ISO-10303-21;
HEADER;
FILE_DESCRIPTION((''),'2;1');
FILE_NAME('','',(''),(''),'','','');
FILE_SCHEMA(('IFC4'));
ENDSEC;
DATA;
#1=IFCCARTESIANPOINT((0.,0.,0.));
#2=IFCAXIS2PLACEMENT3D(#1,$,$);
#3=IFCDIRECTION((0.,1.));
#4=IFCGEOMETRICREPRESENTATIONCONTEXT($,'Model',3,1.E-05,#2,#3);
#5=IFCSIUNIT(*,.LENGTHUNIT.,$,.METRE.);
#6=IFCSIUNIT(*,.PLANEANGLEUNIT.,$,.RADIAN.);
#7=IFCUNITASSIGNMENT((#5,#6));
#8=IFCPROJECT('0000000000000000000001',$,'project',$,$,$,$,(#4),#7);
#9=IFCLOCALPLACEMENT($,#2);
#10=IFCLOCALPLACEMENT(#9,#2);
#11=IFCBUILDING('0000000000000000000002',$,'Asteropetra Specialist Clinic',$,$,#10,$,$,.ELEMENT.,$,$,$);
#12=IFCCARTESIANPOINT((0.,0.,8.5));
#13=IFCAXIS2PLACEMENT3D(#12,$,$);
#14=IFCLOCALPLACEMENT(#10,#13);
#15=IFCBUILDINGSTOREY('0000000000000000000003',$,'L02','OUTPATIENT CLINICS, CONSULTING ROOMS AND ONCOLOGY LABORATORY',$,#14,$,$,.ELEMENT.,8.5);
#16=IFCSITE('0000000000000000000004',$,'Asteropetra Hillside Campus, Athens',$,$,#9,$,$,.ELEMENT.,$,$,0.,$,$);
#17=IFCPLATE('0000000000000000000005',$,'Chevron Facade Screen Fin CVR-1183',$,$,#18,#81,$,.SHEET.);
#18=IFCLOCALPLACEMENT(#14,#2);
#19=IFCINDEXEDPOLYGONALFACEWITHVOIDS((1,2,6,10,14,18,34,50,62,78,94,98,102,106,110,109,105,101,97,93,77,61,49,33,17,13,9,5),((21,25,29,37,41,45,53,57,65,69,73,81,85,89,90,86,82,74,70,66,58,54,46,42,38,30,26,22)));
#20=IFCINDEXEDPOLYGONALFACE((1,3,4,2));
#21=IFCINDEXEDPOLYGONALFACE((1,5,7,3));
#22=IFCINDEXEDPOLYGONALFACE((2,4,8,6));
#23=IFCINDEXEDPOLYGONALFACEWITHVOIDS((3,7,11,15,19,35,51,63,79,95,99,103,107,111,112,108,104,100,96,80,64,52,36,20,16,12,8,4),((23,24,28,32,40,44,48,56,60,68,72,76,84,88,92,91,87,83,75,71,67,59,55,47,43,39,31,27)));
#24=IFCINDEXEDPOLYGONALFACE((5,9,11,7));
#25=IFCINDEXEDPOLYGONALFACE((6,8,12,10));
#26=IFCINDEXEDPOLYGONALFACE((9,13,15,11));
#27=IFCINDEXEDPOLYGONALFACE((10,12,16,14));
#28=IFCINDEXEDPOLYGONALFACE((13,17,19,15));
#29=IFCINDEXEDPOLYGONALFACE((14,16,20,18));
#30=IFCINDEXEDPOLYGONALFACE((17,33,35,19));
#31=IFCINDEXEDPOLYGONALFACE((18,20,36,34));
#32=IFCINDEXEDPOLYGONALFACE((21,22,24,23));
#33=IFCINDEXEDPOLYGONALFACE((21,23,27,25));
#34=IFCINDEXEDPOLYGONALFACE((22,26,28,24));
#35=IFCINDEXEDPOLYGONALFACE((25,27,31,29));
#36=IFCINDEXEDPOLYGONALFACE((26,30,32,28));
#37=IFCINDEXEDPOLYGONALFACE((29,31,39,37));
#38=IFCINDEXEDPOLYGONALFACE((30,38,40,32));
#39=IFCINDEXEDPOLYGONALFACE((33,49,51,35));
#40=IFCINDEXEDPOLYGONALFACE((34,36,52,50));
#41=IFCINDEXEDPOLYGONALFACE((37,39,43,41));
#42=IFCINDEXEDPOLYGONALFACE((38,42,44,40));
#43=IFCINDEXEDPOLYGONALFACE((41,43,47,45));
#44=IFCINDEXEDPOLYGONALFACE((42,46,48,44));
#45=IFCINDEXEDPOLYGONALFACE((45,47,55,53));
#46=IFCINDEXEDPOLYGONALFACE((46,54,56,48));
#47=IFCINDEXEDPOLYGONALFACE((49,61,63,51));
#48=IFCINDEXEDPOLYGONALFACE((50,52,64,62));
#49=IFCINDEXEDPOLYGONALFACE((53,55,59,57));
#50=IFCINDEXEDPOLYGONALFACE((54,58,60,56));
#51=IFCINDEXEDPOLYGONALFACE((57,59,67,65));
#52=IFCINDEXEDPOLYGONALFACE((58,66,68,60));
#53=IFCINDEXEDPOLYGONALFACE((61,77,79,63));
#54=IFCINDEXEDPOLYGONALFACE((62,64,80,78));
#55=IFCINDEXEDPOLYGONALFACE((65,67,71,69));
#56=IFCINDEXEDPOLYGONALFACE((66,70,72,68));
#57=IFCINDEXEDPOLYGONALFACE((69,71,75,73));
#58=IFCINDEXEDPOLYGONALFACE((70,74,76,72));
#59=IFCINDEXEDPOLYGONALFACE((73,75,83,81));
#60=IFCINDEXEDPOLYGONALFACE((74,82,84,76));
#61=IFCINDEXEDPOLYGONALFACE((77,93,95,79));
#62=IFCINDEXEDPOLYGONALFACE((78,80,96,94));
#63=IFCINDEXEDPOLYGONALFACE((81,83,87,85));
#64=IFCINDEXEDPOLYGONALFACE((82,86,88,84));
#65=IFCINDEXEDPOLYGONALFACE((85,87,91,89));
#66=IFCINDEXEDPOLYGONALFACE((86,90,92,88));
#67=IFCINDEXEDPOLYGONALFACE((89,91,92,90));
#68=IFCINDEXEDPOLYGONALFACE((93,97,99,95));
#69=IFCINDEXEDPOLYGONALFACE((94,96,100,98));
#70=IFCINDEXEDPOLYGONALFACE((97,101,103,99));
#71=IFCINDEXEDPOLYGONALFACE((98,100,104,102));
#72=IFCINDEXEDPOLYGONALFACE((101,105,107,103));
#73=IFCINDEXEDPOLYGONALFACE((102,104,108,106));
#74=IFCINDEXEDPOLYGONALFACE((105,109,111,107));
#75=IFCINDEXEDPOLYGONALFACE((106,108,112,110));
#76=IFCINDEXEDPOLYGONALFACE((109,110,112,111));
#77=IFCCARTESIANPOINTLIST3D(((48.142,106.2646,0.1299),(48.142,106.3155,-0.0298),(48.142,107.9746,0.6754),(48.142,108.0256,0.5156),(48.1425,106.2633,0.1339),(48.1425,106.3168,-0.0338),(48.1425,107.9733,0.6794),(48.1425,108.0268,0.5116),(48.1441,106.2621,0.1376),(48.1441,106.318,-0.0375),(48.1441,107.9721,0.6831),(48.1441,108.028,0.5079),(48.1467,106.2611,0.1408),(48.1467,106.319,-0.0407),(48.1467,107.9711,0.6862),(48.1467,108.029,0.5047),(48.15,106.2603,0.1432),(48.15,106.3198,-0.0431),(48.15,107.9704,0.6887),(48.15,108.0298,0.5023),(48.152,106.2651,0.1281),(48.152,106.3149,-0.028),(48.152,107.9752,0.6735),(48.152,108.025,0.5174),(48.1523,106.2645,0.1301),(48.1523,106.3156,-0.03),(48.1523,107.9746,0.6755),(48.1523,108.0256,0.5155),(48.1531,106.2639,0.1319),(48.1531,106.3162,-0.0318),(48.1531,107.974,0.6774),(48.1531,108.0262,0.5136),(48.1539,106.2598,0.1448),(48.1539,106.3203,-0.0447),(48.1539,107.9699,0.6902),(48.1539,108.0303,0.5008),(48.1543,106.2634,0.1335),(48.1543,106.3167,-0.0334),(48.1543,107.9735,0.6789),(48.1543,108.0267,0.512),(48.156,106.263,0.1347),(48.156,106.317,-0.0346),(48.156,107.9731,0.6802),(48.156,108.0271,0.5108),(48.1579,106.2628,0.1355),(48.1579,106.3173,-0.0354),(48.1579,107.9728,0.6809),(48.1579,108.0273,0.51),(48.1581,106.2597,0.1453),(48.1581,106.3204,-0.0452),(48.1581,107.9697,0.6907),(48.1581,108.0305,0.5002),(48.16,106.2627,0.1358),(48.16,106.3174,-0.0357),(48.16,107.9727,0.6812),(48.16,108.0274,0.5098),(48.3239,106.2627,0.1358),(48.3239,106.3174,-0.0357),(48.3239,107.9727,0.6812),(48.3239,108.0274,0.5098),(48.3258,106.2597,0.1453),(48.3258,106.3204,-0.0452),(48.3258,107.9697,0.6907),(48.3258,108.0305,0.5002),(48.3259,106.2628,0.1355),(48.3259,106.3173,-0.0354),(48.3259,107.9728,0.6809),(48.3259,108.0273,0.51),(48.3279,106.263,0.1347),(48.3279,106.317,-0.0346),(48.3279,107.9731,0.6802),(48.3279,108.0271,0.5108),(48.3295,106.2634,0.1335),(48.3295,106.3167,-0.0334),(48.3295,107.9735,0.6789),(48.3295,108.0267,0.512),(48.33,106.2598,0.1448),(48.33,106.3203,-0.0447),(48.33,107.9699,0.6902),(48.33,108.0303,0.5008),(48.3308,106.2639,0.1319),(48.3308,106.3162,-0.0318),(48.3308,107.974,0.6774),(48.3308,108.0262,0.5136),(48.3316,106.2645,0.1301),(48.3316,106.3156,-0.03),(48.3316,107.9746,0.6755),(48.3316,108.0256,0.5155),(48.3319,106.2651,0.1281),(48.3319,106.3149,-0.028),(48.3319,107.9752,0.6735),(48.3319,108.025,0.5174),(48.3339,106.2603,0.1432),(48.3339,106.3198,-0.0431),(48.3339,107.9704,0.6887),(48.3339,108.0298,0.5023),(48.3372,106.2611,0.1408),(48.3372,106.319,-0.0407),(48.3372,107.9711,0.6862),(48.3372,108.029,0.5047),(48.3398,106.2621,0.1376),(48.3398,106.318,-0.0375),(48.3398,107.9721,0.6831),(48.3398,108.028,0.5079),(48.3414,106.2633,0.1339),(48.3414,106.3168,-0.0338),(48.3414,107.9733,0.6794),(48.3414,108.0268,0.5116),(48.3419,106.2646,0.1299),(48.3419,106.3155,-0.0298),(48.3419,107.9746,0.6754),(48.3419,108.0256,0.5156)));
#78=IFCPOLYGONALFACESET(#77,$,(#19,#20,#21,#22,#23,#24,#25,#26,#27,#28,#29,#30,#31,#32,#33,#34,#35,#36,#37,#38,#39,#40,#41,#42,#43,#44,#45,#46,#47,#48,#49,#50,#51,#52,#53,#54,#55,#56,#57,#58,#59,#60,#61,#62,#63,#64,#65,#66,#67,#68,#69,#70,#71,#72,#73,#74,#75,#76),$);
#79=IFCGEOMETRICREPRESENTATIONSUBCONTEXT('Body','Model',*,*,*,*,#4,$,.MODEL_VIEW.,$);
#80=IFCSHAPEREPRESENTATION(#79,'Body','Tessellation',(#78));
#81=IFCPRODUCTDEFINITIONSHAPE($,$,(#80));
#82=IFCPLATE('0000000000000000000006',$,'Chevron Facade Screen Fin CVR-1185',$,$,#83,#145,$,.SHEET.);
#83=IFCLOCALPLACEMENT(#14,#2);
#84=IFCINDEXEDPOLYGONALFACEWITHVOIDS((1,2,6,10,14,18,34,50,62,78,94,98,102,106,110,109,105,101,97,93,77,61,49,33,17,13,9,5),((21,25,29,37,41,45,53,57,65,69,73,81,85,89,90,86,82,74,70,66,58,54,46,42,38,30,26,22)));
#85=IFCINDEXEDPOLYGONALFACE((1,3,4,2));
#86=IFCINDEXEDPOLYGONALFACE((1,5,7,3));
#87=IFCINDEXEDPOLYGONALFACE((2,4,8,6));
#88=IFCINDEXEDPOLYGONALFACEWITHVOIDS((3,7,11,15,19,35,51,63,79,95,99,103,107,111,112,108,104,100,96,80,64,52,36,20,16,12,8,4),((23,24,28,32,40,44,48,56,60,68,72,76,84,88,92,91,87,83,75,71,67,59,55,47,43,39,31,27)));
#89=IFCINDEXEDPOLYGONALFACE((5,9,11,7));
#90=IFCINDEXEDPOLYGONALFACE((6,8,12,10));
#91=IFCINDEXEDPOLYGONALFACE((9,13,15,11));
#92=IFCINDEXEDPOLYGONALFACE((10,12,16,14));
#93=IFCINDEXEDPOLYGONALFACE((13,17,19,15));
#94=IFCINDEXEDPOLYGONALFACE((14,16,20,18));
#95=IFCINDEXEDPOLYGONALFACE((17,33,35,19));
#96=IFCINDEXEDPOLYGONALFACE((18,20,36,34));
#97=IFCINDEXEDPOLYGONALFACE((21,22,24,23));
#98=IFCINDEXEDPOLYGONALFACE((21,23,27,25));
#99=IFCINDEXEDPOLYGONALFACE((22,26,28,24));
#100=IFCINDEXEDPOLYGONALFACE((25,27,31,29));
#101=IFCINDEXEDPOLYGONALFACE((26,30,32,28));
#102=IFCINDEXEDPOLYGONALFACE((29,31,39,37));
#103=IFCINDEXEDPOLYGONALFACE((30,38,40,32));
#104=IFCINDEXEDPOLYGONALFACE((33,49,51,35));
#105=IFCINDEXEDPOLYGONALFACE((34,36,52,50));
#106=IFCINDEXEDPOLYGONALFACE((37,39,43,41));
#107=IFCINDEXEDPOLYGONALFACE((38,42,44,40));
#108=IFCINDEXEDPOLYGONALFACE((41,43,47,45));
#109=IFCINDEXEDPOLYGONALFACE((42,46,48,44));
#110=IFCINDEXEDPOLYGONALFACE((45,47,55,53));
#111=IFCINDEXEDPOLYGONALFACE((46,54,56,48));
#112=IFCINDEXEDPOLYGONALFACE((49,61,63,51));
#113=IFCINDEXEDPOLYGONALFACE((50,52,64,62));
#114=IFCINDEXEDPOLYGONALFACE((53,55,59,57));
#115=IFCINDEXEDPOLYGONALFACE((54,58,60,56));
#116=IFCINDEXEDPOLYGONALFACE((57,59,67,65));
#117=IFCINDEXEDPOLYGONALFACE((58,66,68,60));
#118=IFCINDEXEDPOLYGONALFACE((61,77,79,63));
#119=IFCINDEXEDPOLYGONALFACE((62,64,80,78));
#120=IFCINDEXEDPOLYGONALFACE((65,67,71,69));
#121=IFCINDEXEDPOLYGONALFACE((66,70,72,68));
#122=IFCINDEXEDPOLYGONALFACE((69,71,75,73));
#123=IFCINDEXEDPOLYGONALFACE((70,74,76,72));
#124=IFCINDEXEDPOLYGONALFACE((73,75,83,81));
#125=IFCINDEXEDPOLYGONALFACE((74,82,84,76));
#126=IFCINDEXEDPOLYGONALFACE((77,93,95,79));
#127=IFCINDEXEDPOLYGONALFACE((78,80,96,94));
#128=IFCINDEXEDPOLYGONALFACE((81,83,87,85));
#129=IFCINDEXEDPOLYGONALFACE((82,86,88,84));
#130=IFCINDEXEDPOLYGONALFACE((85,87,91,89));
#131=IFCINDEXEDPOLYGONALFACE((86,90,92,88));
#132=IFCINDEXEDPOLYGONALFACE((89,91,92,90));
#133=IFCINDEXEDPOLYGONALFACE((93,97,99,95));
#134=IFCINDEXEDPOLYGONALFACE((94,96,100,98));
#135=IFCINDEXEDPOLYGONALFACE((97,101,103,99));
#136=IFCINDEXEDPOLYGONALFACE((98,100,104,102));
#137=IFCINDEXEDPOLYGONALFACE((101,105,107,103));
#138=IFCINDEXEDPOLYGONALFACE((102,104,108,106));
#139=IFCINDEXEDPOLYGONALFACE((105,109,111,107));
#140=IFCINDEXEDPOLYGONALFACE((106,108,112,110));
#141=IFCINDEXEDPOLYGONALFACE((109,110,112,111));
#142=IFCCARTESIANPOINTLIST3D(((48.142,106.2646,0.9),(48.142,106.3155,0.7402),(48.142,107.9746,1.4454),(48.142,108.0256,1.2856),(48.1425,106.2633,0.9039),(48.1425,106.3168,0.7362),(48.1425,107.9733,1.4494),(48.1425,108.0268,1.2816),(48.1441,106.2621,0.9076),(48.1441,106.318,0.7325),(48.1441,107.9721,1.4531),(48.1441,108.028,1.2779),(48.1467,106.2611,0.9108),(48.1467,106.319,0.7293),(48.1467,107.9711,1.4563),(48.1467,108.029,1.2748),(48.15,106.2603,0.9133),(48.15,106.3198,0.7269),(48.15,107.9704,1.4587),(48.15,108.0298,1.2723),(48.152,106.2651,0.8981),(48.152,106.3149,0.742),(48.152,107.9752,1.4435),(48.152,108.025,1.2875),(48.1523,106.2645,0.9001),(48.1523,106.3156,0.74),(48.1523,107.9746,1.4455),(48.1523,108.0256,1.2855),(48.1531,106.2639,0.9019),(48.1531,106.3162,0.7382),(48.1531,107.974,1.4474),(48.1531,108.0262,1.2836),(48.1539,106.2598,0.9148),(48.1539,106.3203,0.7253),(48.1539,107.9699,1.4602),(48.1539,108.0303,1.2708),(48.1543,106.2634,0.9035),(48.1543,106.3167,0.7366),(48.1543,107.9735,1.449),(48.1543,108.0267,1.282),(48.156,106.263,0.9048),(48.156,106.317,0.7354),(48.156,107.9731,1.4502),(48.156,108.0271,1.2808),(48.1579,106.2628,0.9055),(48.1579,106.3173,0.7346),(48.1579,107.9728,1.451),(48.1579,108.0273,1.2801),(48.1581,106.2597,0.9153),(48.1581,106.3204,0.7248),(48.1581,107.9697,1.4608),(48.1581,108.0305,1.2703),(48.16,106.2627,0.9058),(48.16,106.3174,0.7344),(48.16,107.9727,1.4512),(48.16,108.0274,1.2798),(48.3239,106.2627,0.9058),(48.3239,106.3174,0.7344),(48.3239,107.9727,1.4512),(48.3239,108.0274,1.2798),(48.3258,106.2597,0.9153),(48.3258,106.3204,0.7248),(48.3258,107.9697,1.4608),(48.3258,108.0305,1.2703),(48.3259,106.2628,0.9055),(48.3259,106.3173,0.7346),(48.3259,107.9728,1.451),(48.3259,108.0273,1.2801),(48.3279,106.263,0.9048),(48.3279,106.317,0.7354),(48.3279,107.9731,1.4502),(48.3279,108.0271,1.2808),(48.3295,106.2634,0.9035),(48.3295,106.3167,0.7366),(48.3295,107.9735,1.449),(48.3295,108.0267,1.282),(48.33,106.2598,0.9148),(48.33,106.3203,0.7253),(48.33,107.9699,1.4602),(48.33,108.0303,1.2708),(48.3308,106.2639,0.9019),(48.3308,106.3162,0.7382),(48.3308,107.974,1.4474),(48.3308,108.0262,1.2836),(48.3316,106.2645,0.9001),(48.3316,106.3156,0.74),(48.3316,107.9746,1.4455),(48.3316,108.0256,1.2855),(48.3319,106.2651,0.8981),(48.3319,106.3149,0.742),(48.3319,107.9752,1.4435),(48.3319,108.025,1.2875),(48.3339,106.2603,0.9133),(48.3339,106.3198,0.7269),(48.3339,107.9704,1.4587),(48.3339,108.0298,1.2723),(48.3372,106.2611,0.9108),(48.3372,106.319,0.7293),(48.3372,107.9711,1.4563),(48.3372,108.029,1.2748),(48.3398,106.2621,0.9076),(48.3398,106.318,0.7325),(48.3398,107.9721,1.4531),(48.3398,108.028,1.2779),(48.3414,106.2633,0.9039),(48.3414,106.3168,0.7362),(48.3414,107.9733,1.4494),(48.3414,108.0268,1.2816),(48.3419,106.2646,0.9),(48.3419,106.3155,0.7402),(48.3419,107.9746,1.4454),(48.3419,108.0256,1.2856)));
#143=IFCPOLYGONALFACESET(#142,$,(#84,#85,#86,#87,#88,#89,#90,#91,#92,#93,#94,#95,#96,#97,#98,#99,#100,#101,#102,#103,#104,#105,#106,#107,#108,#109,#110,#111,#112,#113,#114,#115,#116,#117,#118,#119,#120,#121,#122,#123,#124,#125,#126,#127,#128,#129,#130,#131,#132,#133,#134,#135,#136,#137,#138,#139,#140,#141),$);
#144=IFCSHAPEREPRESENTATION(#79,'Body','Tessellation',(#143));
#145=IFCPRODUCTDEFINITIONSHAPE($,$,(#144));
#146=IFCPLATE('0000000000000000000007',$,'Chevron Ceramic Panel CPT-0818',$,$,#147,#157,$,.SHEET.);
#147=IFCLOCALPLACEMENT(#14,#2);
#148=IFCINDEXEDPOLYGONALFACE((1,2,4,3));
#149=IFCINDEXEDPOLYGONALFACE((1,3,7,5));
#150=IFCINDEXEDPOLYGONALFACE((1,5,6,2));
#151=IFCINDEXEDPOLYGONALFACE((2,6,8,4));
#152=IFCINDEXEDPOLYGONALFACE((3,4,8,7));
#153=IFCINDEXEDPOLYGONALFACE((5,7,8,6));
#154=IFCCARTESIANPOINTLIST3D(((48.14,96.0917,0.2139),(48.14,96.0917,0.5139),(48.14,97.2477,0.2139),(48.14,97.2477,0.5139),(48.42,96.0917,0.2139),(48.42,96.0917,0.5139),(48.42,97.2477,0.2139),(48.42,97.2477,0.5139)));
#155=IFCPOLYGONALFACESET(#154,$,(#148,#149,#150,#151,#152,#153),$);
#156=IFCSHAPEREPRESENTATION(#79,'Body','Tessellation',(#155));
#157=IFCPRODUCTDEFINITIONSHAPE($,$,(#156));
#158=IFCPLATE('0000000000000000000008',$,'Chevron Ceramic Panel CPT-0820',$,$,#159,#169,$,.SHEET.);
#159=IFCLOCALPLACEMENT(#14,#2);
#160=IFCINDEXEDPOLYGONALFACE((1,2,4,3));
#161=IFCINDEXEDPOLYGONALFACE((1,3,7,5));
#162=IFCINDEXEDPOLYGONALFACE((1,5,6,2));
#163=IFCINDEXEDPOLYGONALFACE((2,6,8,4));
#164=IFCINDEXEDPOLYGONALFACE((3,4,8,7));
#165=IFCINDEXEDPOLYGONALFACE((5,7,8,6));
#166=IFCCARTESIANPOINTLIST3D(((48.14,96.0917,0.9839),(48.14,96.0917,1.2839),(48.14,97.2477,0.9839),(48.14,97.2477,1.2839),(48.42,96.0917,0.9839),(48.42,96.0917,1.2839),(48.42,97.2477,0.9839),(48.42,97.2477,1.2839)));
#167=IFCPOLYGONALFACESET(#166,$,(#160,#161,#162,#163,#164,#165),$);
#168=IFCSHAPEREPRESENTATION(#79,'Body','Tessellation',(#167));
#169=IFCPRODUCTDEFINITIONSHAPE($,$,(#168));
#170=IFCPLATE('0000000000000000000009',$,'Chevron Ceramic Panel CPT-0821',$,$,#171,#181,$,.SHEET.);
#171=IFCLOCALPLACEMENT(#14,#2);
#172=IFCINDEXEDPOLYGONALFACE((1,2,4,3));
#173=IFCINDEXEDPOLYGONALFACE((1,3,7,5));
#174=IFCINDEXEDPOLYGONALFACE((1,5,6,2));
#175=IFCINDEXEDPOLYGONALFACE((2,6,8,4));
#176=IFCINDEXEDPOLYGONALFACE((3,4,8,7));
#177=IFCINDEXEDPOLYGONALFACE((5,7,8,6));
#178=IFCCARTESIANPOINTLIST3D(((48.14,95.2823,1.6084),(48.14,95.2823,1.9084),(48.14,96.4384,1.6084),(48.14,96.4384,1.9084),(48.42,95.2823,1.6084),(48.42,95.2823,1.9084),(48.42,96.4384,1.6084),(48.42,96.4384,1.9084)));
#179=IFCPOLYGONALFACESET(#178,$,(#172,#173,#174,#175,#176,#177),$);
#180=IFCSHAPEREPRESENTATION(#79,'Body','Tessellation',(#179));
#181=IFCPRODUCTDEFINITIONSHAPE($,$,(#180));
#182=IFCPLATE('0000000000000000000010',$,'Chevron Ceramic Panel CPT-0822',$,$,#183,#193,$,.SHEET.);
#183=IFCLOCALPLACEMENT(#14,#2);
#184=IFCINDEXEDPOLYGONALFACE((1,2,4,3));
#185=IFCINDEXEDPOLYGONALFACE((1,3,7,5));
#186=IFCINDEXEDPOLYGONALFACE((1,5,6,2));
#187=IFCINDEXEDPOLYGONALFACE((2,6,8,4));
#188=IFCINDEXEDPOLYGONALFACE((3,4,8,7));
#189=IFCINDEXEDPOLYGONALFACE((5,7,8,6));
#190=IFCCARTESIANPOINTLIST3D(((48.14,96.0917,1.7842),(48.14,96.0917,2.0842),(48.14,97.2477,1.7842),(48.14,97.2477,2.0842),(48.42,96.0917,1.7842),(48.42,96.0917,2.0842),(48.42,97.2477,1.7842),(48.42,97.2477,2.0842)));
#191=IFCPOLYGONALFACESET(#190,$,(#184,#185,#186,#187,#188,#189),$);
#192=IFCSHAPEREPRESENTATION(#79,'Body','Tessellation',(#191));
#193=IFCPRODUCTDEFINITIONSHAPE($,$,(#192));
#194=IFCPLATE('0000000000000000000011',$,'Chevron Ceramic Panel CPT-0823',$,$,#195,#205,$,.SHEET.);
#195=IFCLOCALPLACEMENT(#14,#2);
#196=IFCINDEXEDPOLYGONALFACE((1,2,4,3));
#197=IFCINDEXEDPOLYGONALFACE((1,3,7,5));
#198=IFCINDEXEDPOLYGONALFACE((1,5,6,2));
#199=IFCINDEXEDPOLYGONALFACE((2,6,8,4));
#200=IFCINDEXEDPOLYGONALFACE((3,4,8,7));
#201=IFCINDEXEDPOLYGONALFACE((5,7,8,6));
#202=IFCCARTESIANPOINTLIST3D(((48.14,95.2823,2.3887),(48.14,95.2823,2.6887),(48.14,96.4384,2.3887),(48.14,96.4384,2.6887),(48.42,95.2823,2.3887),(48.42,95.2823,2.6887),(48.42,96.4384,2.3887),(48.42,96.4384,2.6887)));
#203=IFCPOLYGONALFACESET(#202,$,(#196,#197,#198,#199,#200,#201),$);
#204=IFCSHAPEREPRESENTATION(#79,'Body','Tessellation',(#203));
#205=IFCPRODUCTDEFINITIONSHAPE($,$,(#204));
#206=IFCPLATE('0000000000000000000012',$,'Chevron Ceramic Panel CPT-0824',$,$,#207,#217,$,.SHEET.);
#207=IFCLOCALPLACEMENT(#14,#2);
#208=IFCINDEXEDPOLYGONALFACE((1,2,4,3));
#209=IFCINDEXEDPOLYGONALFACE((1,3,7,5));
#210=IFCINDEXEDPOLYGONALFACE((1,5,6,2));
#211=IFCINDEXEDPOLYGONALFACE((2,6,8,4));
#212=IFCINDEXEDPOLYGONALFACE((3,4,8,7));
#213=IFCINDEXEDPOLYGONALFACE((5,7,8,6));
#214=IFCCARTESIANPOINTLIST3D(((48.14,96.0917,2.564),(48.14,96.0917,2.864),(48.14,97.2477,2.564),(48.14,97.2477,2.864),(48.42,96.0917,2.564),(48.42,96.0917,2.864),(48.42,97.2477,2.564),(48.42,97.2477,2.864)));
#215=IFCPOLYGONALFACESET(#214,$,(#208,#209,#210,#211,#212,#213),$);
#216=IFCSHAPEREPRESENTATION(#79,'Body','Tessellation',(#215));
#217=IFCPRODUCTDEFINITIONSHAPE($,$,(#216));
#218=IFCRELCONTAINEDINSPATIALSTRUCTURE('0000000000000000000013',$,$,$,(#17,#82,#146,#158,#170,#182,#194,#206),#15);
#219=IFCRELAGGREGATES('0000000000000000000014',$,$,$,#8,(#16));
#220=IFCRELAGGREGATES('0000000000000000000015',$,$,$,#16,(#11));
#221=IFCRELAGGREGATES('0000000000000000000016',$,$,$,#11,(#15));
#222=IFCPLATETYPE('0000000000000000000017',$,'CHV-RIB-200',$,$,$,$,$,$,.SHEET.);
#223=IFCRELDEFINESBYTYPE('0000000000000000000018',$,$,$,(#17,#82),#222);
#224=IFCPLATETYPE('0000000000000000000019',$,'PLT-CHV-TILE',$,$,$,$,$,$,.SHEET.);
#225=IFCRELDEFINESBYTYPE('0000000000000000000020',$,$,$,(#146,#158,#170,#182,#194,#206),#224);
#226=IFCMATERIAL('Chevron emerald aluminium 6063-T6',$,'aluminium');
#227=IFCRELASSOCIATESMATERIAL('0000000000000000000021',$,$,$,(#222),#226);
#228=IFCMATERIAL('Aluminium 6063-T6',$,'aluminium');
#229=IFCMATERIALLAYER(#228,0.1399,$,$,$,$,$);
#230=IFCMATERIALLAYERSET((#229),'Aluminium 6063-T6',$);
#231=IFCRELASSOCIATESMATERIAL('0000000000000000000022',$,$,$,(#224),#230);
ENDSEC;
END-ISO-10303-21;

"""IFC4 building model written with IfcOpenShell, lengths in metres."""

from ifc_helpers import new_model, si_unit, direction, frame, origin, origin_2d, place, context, subcontext, project, spatial, rectangle, hollow_rectangle, extrude, material, layer, layer_set, material_profile, profile_set, type_object, element, save


model = new_model("IFC4")

# Units and contexts
model_context = context("Model", 3, precision=1e-05, world=origin(), true_north=direction((0.0, 1.0)))
body_context = subcontext(model_context, "Body", "Model", "MODEL_VIEW")
ifc_project = project(units=[si_unit("LENGTHUNIT", "METRE"), si_unit("PLANEANGLEUNIT", "RADIAN")], contexts=[model_context])

# Site, building, storey
site_placement = place(None, origin())
site = spatial("IfcSite", under=ifc_project, at=site_placement, Name="Asteropetra Hillside Campus, Athens", CompositionType="ELEMENT", RefElevation=0.0)
building_placement = place(site_placement, origin())
building = spatial("IfcBuilding", under=site, at=building_placement, Name="Asteropetra Specialist Clinic", CompositionType="ELEMENT")
storey_placement = place(building_placement, frame((0.0, 0.0, 8.5)))
storey = spatial("IfcBuildingStorey", under=building, at=storey_placement, Name="L02", Description="OUTPATIENT CLINICS, CONSULTING ROOMS AND ONCOLOGY LABORATORY", CompositionType="ELEMENT", Elevation=8.5)

# Plates
ifc_material_1 = material(Name="Chevron emerald aluminium 6063-T6", Category="aluminium")
ifc_material_profile_1 = material_profile(ifc_material_1, hollow_rectangle(XDim=0.2, YDim=0.2, WallThickness=0.01, InnerFilletRadius=0.0081, OuterFilletRadius=0.0161, at=origin_2d()), Name="SHS 200x200x10.0")
ifc_profile_set_1 = profile_set([ifc_material_profile_1], Name="Chevron emerald aluminium 6063-T6")
plate_type_1 = type_object("IfcPlateType", Name="CHV-RIB-200", PredefinedType="SHEET", material=ifc_profile_set_1)
for number, where, z_axis, x_axis, name in (
    (1, (48.2419, 106.29, 0.05), (0.0, 0.952711, 0.303877), (-1.0, 0.0, 0.0), "Chevron Facade Screen Fin CVR-1183"),
    (2, (48.2419, 106.29, 0.8201), (0.0, 0.952711, 0.303877), (-1.0, 0.0, 0.0), "Chevron Facade Screen Fin CVR-1185"),
):
    element("IfcPlate", number, at=place(storey_placement, frame(where, z_axis=z_axis, x_axis=x_axis)), inside=storey, type_object=plate_type_1, Name=name, PredefinedType="SHEET", context=body_context, shape_type="SweptSolid", body=[
        extrude(hollow_rectangle(XDim=0.2, YDim=0.2, WallThickness=0.01, InnerFilletRadius=0.0081, OuterFilletRadius=0.0161, at=origin_2d()), origin(), (0.0, 0.0, 1.0), 1.7949),
    ])
ifc_material_2 = material(Name="Aluminium 6063-T6", Category="aluminium")
ifc_layer_1 = layer(ifc_material_2, 0.1399)
ifc_layer_set_1 = layer_set([ifc_layer_1], Name="Aluminium 6063-T6")
plate_type_2 = type_object("IfcPlateType", Name="PLT-CHV-TILE", PredefinedType="SHEET", material=ifc_layer_set_1)
for number, where, z_axis, x_axis, name in (
    (3, (48.28, 96.6697, 0.2139), (0.0, 0.0, 1.0), (1.0, 0.0, 0.0), "Chevron Ceramic Panel CPT-0818"),
    (4, (48.28, 96.6697, 0.9839), (0.0, 0.0, 1.0), (1.0, 0.0, 0.0), "Chevron Ceramic Panel CPT-0820"),
    (5, (48.28, 95.8604, 1.6084), (0.0, 0.0, 1.0), (1.0, 0.0, 0.0), "Chevron Ceramic Panel CPT-0821"),
    (6, (48.28, 96.6697, 1.7842), (0.0, 0.0, 1.0), (1.0, 0.0, 0.0), "Chevron Ceramic Panel CPT-0822"),
    (7, (48.28, 95.8604, 2.3887), (0.0, 0.0, 1.0), (1.0, 0.0, 0.0), "Chevron Ceramic Panel CPT-0823"),
    (8, (48.28, 96.6697, 2.564), (0.0, 0.0, 1.0), (1.0, 0.0, 0.0), "Chevron Ceramic Panel CPT-0824"),
):
    element("IfcPlate", number, at=place(storey_placement, frame(where, z_axis=z_axis, x_axis=x_axis)), inside=storey, type_object=plate_type_2, Name=name, PredefinedType="SHEET", context=body_context, shape_type="SweptSolid", body=[
        extrude(rectangle(XDim=0.28, YDim=1.156, at=origin_2d()), origin(), (0.0, 0.0, 1.0), 0.3),
    ])

save(model, "model.ifc")
